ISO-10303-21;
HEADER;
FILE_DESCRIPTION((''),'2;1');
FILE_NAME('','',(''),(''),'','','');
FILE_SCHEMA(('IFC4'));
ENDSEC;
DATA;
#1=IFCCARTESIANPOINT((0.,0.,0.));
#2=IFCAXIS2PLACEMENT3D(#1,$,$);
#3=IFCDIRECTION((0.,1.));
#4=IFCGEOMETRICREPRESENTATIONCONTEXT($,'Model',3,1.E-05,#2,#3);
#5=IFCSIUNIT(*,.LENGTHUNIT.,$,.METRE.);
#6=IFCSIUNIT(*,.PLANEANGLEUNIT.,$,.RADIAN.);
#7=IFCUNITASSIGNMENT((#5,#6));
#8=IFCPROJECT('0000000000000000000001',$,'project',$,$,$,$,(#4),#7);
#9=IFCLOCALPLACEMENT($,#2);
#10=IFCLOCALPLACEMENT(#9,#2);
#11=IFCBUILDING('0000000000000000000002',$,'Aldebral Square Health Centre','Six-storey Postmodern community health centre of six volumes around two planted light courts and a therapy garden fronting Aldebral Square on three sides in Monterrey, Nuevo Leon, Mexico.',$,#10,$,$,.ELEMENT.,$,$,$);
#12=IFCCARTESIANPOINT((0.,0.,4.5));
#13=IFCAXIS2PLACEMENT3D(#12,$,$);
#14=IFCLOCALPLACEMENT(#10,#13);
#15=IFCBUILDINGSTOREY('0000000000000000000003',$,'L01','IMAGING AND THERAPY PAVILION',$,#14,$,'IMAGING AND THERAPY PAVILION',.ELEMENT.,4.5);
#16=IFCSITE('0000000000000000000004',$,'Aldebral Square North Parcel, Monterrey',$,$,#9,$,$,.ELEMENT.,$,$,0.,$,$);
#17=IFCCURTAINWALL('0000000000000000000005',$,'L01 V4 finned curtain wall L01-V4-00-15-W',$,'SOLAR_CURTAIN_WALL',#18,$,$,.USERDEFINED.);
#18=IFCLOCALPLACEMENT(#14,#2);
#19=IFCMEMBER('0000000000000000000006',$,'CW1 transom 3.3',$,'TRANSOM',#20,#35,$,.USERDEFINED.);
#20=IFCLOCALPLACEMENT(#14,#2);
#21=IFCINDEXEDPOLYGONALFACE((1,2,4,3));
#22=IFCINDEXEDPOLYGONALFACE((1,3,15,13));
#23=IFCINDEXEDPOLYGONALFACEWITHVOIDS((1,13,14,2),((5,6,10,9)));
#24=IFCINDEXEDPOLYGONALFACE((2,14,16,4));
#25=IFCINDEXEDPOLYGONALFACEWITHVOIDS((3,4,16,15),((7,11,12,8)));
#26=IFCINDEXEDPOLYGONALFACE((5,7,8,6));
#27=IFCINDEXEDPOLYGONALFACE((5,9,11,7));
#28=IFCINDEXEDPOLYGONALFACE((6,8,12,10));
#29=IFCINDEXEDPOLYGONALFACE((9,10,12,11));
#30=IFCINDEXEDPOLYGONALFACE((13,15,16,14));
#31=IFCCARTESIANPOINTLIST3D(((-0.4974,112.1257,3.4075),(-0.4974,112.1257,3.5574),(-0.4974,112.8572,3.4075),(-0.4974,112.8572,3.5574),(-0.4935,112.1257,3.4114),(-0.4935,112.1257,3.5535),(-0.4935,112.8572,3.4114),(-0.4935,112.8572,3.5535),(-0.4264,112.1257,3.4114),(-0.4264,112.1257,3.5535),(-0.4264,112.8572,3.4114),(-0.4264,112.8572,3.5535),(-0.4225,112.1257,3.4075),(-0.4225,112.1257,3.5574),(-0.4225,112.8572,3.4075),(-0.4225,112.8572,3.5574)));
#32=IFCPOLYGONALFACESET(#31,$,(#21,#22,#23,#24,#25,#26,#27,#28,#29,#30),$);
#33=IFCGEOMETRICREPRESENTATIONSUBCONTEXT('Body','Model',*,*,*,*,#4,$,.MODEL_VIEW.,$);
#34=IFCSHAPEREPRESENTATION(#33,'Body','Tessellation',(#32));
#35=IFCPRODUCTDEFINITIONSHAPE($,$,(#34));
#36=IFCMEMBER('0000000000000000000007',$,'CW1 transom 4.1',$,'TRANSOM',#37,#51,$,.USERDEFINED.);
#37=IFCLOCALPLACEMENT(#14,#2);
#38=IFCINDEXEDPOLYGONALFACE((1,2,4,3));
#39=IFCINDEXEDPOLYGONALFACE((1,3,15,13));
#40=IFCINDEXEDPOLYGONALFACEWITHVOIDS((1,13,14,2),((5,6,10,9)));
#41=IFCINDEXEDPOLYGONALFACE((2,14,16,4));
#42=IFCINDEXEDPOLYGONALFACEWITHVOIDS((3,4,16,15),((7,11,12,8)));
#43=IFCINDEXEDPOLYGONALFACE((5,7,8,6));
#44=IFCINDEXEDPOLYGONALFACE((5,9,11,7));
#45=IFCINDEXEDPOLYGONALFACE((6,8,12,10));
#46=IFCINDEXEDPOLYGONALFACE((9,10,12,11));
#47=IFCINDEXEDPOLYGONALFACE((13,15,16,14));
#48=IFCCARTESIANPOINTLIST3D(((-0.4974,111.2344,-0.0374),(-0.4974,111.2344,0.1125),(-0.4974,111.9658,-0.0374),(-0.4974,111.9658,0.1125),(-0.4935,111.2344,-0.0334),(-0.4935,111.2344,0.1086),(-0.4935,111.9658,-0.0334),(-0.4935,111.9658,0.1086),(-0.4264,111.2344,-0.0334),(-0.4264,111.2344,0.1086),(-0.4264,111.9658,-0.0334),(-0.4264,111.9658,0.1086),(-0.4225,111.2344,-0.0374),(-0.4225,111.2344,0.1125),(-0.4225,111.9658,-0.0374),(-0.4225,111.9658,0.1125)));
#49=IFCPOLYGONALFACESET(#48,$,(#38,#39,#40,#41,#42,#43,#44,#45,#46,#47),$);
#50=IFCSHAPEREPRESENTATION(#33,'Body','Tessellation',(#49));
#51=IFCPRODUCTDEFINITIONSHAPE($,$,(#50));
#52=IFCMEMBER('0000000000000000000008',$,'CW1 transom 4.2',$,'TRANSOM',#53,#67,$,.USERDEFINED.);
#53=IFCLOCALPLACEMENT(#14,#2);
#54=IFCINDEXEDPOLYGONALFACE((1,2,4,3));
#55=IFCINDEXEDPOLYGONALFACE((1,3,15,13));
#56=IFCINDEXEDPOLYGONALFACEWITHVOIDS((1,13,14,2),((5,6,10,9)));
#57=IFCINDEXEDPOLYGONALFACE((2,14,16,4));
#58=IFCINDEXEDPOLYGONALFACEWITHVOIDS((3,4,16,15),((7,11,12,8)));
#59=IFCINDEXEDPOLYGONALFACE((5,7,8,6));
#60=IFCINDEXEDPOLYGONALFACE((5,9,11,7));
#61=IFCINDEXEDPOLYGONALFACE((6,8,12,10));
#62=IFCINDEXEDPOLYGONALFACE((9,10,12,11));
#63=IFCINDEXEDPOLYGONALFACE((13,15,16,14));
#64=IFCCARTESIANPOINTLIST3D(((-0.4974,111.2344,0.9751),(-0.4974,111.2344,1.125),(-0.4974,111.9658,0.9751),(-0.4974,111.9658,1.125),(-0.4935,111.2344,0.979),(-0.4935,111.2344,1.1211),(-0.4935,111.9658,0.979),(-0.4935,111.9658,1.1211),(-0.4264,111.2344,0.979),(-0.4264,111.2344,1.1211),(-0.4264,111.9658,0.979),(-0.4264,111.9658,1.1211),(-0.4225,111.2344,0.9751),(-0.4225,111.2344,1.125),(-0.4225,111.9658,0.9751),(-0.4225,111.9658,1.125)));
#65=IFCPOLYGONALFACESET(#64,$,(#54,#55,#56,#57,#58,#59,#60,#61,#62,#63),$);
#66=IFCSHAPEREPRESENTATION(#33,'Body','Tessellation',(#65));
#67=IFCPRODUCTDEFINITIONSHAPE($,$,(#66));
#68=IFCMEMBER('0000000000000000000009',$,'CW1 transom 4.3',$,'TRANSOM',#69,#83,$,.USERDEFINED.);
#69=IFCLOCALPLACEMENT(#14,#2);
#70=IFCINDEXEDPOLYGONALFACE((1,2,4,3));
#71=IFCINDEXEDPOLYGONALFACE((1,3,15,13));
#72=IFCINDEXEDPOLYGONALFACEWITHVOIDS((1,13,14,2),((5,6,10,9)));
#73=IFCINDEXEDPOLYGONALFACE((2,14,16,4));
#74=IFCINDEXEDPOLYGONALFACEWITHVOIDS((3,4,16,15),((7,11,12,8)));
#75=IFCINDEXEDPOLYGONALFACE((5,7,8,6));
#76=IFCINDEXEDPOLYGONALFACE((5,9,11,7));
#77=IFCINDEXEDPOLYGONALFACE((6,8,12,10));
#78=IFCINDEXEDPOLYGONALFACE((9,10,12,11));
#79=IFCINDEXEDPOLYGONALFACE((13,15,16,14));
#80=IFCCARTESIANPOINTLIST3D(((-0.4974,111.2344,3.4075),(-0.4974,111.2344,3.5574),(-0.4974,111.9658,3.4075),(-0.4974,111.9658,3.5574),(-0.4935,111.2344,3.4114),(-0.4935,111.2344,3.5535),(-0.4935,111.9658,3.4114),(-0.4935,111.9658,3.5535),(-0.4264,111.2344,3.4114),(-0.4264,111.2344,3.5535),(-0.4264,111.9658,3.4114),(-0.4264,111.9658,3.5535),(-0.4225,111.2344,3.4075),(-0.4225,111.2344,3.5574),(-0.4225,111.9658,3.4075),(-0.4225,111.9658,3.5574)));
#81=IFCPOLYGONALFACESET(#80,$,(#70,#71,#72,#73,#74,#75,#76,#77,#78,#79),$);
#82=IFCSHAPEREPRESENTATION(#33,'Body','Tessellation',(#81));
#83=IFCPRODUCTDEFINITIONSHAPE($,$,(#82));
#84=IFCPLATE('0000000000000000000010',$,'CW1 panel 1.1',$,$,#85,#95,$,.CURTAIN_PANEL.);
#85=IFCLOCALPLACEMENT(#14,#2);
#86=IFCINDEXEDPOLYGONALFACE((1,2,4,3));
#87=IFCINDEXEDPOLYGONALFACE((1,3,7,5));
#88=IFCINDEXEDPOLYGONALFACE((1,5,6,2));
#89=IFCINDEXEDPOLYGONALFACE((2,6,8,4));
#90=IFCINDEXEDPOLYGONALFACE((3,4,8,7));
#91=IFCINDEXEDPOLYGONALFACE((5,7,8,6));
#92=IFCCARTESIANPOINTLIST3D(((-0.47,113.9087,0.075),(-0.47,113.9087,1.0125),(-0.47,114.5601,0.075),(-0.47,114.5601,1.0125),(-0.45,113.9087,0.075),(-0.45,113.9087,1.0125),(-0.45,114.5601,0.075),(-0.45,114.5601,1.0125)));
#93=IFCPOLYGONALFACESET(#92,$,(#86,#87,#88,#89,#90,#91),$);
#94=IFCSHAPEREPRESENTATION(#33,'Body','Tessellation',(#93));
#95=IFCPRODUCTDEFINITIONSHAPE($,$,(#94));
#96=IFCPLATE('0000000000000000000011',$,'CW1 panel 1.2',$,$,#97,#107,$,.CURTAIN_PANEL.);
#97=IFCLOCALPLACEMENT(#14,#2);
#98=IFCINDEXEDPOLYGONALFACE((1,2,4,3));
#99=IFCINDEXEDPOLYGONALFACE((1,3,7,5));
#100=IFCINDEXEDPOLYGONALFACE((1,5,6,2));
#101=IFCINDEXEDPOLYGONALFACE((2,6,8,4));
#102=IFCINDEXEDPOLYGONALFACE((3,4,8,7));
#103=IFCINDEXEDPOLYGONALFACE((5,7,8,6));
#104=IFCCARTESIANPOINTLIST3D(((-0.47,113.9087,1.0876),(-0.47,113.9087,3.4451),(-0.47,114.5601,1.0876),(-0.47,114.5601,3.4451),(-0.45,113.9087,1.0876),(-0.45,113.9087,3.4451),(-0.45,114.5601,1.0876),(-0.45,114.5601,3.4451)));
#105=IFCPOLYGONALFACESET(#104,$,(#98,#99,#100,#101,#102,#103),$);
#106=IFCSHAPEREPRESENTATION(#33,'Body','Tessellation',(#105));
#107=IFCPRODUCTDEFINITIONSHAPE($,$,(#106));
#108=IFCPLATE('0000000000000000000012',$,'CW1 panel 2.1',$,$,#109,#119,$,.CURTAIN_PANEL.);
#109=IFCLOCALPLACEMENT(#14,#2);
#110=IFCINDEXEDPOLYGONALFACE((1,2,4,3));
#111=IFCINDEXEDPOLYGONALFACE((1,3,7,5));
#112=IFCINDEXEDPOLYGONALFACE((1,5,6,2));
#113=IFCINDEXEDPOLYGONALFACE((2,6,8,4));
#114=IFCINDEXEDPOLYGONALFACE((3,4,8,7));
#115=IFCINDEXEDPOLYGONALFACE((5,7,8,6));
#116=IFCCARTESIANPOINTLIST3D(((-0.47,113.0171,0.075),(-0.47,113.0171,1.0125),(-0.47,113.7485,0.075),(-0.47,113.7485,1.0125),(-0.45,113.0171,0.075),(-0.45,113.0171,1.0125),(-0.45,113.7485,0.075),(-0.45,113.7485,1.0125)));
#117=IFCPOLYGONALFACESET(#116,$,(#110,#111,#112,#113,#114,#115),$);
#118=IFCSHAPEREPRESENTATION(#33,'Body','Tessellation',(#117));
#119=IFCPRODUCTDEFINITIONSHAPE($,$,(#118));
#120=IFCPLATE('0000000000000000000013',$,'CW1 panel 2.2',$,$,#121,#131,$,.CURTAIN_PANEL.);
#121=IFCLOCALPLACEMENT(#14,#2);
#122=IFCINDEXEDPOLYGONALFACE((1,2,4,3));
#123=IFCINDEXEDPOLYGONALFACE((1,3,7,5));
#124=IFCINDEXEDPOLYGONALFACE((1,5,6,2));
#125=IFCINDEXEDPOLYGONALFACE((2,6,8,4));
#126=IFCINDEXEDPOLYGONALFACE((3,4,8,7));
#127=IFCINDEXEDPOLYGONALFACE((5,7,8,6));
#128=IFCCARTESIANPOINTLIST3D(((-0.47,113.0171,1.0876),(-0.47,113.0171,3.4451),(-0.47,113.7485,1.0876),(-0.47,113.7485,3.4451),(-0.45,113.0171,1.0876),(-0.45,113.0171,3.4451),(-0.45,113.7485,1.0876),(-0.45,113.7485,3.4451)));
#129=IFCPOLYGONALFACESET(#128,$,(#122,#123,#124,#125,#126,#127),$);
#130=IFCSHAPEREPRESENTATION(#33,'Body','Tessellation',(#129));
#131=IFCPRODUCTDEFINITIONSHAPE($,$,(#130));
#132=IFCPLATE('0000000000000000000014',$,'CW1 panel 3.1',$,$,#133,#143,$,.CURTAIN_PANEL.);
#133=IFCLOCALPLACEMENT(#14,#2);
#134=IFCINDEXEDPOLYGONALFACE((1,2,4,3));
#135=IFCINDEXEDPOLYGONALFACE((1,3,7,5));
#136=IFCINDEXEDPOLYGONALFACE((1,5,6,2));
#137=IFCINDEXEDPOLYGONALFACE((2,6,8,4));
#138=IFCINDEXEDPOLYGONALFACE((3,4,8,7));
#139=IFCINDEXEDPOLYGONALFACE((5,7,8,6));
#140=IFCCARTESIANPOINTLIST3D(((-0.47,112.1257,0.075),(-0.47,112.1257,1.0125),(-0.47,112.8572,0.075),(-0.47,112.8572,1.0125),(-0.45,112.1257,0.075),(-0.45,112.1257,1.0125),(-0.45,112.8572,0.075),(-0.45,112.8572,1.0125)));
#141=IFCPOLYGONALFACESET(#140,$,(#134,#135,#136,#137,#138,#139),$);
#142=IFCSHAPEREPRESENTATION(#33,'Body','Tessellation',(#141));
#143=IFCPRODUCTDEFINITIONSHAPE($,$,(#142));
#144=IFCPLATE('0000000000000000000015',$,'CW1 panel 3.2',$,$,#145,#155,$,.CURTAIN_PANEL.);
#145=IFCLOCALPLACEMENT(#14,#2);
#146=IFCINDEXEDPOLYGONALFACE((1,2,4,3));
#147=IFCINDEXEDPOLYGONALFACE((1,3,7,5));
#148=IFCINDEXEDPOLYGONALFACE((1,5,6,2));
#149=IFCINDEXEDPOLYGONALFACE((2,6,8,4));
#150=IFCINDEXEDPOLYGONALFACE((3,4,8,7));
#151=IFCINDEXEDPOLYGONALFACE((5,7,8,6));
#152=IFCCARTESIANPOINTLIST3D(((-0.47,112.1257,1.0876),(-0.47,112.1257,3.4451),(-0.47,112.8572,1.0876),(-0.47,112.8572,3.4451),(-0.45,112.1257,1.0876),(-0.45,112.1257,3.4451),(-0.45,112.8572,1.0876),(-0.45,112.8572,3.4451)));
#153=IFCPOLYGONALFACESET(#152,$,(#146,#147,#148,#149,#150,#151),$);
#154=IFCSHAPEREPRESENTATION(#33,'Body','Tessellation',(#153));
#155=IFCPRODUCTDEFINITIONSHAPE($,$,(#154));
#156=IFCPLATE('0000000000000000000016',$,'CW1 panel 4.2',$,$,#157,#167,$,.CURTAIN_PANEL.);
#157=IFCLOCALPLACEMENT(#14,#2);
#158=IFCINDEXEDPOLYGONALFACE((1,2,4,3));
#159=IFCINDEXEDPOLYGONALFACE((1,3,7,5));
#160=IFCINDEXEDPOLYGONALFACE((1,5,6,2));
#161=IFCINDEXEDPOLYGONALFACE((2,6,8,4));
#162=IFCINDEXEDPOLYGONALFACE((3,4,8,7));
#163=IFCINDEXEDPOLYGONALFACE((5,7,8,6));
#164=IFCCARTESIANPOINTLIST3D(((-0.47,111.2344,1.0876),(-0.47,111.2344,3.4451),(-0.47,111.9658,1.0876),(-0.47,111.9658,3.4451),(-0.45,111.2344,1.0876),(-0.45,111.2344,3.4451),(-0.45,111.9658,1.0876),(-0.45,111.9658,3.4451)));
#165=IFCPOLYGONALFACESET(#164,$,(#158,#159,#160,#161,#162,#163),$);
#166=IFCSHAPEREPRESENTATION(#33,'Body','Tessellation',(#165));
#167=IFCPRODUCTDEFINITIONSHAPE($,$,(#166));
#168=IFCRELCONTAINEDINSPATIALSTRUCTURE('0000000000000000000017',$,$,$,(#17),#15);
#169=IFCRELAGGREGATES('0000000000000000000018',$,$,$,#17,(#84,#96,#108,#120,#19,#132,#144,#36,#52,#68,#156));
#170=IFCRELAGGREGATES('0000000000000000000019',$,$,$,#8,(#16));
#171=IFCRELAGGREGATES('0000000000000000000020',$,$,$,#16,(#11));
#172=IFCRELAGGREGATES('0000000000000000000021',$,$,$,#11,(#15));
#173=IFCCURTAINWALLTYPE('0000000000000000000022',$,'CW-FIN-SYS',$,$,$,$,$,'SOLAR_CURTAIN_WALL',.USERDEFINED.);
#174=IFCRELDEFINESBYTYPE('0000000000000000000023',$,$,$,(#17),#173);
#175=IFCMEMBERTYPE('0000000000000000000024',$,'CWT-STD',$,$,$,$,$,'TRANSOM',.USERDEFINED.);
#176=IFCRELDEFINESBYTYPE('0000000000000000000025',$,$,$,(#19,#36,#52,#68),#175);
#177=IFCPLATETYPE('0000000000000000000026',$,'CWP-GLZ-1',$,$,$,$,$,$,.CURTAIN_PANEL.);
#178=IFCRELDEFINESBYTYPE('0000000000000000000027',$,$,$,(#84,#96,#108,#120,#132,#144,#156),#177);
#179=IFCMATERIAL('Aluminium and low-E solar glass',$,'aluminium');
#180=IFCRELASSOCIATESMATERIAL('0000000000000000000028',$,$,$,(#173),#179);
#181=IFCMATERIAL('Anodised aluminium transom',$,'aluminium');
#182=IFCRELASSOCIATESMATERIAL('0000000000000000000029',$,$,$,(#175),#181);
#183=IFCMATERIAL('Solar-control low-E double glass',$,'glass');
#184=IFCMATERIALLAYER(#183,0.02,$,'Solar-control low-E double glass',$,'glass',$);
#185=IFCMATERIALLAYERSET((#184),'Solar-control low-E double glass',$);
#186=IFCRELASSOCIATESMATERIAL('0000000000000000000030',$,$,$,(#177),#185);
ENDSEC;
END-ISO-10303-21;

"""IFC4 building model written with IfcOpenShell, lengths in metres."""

from ifc_helpers import new_model, si_unit, direction, frame, origin, origin_2d, place, context, subcontext, project, spatial, rectangle, hollow_rectangle, extrude, material, layer, layer_set, material_profile, profile_set, type_object, element, aggregate, save


model = new_model("IFC4")

# Units and contexts
model_context = context("Model", 3, precision=1e-05, world=origin(), true_north=direction((0.0, 1.0)))
body_context = subcontext(model_context, "Body", "Model", "MODEL_VIEW")
ifc_project = project(units=[si_unit("LENGTHUNIT", "METRE"), si_unit("PLANEANGLEUNIT", "RADIAN")], contexts=[model_context])

# Site, building, storey
site_placement = place(None, origin())
site = spatial("IfcSite", under=ifc_project, at=site_placement, Name="Aldebral Square North Parcel, Monterrey", CompositionType="ELEMENT", RefElevation=0.0)
building_placement = place(site_placement, origin())
building = spatial("IfcBuilding", under=site, at=building_placement, Name="Aldebral Square Health Centre", Description="Six-storey Postmodern community health centre of six volumes around two planted light courts and a therapy garden fronting Aldebral Square on three sides in Monterrey, Nuevo Leon, Mexico.", CompositionType="ELEMENT")
storey_placement = place(building_placement, frame((0.0, 0.0, 4.5)))
storey = spatial("IfcBuildingStorey", under=building, at=storey_placement, Name="L01", Description="IMAGING AND THERAPY PAVILION", LongName="IMAGING AND THERAPY PAVILION", CompositionType="ELEMENT", Elevation=4.5)

# Curtain wall, members, plates
ifc_material_1 = material(Name="Aluminium and low-E solar glass", Category="aluminium")
curtain_wall_type = type_object("IfcCurtainWallType", Name="CW-FIN-SYS", ElementType="SOLAR_CURTAIN_WALL", PredefinedType="USERDEFINED", material=ifc_material_1)
curtain_wall_placement = place(storey_placement, origin())
curtain_wall = element("IfcCurtainWall", 1, at=curtain_wall_placement, inside=storey, type_object=curtain_wall_type, Name="L01 V4 finned curtain wall L01-V4-00-15-W", ObjectType="SOLAR_CURTAIN_WALL", PredefinedType="USERDEFINED")
ifc_material_2 = material(Name="Anodised aluminium transom", Category="aluminium")
ifc_material_profile_1 = material_profile(ifc_material_2, hollow_rectangle(XDim=0.075, YDim=0.1499, WallThickness=0.0039, at=origin_2d()), Name="CWT 75x150x4")
ifc_profile_set_1 = profile_set([ifc_material_profile_1], Name="Anodised aluminium transom")
member_type_1 = type_object("IfcMemberType", Name="CWT-STD", ElementType="TRANSOM", PredefinedType="USERDEFINED", material=ifc_profile_set_1)
member_1_placement = place(storey_placement, frame((-0.46, 112.8572, 3.4824), z_axis=(0.0, -1.0, 0.0), x_axis=(1.0, 0.0, 0.0)))
member_1 = element("IfcMember", 2, at=member_1_placement, type_object=member_type_1, Name="CW1 transom 3.3", ObjectType="TRANSOM", PredefinedType="USERDEFINED", context=body_context, shape_type="SweptSolid", body=[
    extrude(hollow_rectangle(XDim=0.075, YDim=0.1499, WallThickness=0.0039, at=origin_2d()), origin(), (0.0, 0.0, 1.0), 0.7314),
])
member_2_placement = place(storey_placement, frame((-0.46, 111.9658, 0.0376), z_axis=(0.0, -1.0, 0.0), x_axis=(1.0, 0.0, 0.0)))
member_2 = element("IfcMember", 3, at=member_2_placement, type_object=member_type_1, Name="CW1 transom 4.1", ObjectType="TRANSOM", PredefinedType="USERDEFINED", context=body_context, shape_type="SweptSolid", body=[
    extrude(hollow_rectangle(XDim=0.075, YDim=0.1499, WallThickness=0.0039, at=origin_2d()), origin(), (0.0, 0.0, 1.0), 0.7314),
])
member_3_placement = place(storey_placement, frame((-0.46, 111.9658, 1.05), z_axis=(0.0, -1.0, 0.0), x_axis=(1.0, 0.0, 0.0)))
member_3 = element("IfcMember", 4, at=member_3_placement, type_object=member_type_1, Name="CW1 transom 4.2", ObjectType="TRANSOM", PredefinedType="USERDEFINED", context=body_context, shape_type="SweptSolid", body=[
    extrude(hollow_rectangle(XDim=0.075, YDim=0.1499, WallThickness=0.0039, at=origin_2d()), origin(), (0.0, 0.0, 1.0), 0.7314),
])
member_4_placement = place(storey_placement, frame((-0.46, 111.9658, 3.4824), z_axis=(0.0, -1.0, 0.0), x_axis=(1.0, 0.0, 0.0)))
member_4 = element("IfcMember", 5, at=member_4_placement, type_object=member_type_1, Name="CW1 transom 4.3", ObjectType="TRANSOM", PredefinedType="USERDEFINED", context=body_context, shape_type="SweptSolid", body=[
    extrude(hollow_rectangle(XDim=0.075, YDim=0.1499, WallThickness=0.0039, at=origin_2d()), origin(), (0.0, 0.0, 1.0), 0.7314),
])
ifc_material_3 = material(Name="Solar-control low-E double glass", Category="glass")
ifc_layer = layer(ifc_material_3, 0.02, Name="Solar-control low-E double glass", Category="glass")
ifc_layer_set = layer_set([ifc_layer], Name="Solar-control low-E double glass")
plate_type = type_object("IfcPlateType", Name="CWP-GLZ-1", PredefinedType="CURTAIN_PANEL", material=ifc_layer_set)
plate_1_placement = place(storey_placement, frame((-0.46, 114.2344, 0.075), z_axis=(0.0, 0.0, 1.0), x_axis=(0.0, -1.0, 0.0)))
plate_1 = element("IfcPlate", 6, at=plate_1_placement, type_object=plate_type, Name="CW1 panel 1.1", PredefinedType="CURTAIN_PANEL", context=body_context, shape_type="SweptSolid", body=[
    extrude(rectangle(XDim=0.6514, YDim=0.02, at=origin_2d()), origin(), (0.0, 0.0, 1.0), 0.9375),
])
plate_2_placement = place(storey_placement, frame((-0.46, 114.2344, 1.0876), z_axis=(0.0, 0.0, 1.0), x_axis=(0.0, -1.0, 0.0)))
plate_2 = element("IfcPlate", 7, at=plate_2_placement, type_object=plate_type, Name="CW1 panel 1.2", PredefinedType="CURTAIN_PANEL", context=body_context, shape_type="SweptSolid", body=[
    extrude(rectangle(XDim=0.6514, YDim=0.02, at=origin_2d()), origin(), (0.0, 0.0, 1.0), 2.3574),
])
plate_3_placement = place(storey_placement, frame((-0.46, 113.3828, 0.075), z_axis=(0.0, 0.0, 1.0), x_axis=(0.0, -1.0, 0.0)))
plate_3 = element("IfcPlate", 8, at=plate_3_placement, type_object=plate_type, Name="CW1 panel 2.1", PredefinedType="CURTAIN_PANEL", context=body_context, shape_type="SweptSolid", body=[
    extrude(rectangle(XDim=0.7314, YDim=0.02, at=origin_2d()), origin(), (0.0, 0.0, 1.0), 0.9375),
])
plate_4_placement = place(storey_placement, frame((-0.46, 113.3828, 1.0876), z_axis=(0.0, 0.0, 1.0), x_axis=(0.0, -1.0, 0.0)))
plate_4 = element("IfcPlate", 9, at=plate_4_placement, type_object=plate_type, Name="CW1 panel 2.2", PredefinedType="CURTAIN_PANEL", context=body_context, shape_type="SweptSolid", body=[
    extrude(rectangle(XDim=0.7314, YDim=0.02, at=origin_2d()), origin(), (0.0, 0.0, 1.0), 2.3574),
])
plate_5_placement = place(storey_placement, frame((-0.46, 112.4915, 0.075), z_axis=(0.0, 0.0, 1.0), x_axis=(0.0, -1.0, 0.0)))
plate_5 = element("IfcPlate", 10, at=plate_5_placement, type_object=plate_type, Name="CW1 panel 3.1", PredefinedType="CURTAIN_PANEL", context=body_context, shape_type="SweptSolid", body=[
    extrude(rectangle(XDim=0.7314, YDim=0.02, at=origin_2d()), origin(), (0.0, 0.0, 1.0), 0.9375),
])
plate_6_placement = place(storey_placement, frame((-0.46, 112.4915, 1.0876), z_axis=(0.0, 0.0, 1.0), x_axis=(0.0, -1.0, 0.0)))
plate_6 = element("IfcPlate", 11, at=plate_6_placement, type_object=plate_type, Name="CW1 panel 3.2", PredefinedType="CURTAIN_PANEL", context=body_context, shape_type="SweptSolid", body=[
    extrude(rectangle(XDim=0.7314, YDim=0.02, at=origin_2d()), origin(), (0.0, 0.0, 1.0), 2.3574),
])
plate_7_placement = place(storey_placement, frame((-0.46, 111.6001, 1.0876), z_axis=(0.0, 0.0, 1.0), x_axis=(0.0, -1.0, 0.0)))
plate_7 = element("IfcPlate", 12, at=plate_7_placement, type_object=plate_type, Name="CW1 panel 4.2", PredefinedType="CURTAIN_PANEL", context=body_context, shape_type="SweptSolid", body=[
    extrude(rectangle(XDim=0.7314, YDim=0.02, at=origin_2d()), origin(), (0.0, 0.0, 1.0), 2.3574),
])
aggregate(curtain_wall, [plate_1, plate_2, plate_3, plate_4, member_1, plate_5, plate_6, member_2, member_3, member_4, plate_7])

save(model, "model.ifc")
